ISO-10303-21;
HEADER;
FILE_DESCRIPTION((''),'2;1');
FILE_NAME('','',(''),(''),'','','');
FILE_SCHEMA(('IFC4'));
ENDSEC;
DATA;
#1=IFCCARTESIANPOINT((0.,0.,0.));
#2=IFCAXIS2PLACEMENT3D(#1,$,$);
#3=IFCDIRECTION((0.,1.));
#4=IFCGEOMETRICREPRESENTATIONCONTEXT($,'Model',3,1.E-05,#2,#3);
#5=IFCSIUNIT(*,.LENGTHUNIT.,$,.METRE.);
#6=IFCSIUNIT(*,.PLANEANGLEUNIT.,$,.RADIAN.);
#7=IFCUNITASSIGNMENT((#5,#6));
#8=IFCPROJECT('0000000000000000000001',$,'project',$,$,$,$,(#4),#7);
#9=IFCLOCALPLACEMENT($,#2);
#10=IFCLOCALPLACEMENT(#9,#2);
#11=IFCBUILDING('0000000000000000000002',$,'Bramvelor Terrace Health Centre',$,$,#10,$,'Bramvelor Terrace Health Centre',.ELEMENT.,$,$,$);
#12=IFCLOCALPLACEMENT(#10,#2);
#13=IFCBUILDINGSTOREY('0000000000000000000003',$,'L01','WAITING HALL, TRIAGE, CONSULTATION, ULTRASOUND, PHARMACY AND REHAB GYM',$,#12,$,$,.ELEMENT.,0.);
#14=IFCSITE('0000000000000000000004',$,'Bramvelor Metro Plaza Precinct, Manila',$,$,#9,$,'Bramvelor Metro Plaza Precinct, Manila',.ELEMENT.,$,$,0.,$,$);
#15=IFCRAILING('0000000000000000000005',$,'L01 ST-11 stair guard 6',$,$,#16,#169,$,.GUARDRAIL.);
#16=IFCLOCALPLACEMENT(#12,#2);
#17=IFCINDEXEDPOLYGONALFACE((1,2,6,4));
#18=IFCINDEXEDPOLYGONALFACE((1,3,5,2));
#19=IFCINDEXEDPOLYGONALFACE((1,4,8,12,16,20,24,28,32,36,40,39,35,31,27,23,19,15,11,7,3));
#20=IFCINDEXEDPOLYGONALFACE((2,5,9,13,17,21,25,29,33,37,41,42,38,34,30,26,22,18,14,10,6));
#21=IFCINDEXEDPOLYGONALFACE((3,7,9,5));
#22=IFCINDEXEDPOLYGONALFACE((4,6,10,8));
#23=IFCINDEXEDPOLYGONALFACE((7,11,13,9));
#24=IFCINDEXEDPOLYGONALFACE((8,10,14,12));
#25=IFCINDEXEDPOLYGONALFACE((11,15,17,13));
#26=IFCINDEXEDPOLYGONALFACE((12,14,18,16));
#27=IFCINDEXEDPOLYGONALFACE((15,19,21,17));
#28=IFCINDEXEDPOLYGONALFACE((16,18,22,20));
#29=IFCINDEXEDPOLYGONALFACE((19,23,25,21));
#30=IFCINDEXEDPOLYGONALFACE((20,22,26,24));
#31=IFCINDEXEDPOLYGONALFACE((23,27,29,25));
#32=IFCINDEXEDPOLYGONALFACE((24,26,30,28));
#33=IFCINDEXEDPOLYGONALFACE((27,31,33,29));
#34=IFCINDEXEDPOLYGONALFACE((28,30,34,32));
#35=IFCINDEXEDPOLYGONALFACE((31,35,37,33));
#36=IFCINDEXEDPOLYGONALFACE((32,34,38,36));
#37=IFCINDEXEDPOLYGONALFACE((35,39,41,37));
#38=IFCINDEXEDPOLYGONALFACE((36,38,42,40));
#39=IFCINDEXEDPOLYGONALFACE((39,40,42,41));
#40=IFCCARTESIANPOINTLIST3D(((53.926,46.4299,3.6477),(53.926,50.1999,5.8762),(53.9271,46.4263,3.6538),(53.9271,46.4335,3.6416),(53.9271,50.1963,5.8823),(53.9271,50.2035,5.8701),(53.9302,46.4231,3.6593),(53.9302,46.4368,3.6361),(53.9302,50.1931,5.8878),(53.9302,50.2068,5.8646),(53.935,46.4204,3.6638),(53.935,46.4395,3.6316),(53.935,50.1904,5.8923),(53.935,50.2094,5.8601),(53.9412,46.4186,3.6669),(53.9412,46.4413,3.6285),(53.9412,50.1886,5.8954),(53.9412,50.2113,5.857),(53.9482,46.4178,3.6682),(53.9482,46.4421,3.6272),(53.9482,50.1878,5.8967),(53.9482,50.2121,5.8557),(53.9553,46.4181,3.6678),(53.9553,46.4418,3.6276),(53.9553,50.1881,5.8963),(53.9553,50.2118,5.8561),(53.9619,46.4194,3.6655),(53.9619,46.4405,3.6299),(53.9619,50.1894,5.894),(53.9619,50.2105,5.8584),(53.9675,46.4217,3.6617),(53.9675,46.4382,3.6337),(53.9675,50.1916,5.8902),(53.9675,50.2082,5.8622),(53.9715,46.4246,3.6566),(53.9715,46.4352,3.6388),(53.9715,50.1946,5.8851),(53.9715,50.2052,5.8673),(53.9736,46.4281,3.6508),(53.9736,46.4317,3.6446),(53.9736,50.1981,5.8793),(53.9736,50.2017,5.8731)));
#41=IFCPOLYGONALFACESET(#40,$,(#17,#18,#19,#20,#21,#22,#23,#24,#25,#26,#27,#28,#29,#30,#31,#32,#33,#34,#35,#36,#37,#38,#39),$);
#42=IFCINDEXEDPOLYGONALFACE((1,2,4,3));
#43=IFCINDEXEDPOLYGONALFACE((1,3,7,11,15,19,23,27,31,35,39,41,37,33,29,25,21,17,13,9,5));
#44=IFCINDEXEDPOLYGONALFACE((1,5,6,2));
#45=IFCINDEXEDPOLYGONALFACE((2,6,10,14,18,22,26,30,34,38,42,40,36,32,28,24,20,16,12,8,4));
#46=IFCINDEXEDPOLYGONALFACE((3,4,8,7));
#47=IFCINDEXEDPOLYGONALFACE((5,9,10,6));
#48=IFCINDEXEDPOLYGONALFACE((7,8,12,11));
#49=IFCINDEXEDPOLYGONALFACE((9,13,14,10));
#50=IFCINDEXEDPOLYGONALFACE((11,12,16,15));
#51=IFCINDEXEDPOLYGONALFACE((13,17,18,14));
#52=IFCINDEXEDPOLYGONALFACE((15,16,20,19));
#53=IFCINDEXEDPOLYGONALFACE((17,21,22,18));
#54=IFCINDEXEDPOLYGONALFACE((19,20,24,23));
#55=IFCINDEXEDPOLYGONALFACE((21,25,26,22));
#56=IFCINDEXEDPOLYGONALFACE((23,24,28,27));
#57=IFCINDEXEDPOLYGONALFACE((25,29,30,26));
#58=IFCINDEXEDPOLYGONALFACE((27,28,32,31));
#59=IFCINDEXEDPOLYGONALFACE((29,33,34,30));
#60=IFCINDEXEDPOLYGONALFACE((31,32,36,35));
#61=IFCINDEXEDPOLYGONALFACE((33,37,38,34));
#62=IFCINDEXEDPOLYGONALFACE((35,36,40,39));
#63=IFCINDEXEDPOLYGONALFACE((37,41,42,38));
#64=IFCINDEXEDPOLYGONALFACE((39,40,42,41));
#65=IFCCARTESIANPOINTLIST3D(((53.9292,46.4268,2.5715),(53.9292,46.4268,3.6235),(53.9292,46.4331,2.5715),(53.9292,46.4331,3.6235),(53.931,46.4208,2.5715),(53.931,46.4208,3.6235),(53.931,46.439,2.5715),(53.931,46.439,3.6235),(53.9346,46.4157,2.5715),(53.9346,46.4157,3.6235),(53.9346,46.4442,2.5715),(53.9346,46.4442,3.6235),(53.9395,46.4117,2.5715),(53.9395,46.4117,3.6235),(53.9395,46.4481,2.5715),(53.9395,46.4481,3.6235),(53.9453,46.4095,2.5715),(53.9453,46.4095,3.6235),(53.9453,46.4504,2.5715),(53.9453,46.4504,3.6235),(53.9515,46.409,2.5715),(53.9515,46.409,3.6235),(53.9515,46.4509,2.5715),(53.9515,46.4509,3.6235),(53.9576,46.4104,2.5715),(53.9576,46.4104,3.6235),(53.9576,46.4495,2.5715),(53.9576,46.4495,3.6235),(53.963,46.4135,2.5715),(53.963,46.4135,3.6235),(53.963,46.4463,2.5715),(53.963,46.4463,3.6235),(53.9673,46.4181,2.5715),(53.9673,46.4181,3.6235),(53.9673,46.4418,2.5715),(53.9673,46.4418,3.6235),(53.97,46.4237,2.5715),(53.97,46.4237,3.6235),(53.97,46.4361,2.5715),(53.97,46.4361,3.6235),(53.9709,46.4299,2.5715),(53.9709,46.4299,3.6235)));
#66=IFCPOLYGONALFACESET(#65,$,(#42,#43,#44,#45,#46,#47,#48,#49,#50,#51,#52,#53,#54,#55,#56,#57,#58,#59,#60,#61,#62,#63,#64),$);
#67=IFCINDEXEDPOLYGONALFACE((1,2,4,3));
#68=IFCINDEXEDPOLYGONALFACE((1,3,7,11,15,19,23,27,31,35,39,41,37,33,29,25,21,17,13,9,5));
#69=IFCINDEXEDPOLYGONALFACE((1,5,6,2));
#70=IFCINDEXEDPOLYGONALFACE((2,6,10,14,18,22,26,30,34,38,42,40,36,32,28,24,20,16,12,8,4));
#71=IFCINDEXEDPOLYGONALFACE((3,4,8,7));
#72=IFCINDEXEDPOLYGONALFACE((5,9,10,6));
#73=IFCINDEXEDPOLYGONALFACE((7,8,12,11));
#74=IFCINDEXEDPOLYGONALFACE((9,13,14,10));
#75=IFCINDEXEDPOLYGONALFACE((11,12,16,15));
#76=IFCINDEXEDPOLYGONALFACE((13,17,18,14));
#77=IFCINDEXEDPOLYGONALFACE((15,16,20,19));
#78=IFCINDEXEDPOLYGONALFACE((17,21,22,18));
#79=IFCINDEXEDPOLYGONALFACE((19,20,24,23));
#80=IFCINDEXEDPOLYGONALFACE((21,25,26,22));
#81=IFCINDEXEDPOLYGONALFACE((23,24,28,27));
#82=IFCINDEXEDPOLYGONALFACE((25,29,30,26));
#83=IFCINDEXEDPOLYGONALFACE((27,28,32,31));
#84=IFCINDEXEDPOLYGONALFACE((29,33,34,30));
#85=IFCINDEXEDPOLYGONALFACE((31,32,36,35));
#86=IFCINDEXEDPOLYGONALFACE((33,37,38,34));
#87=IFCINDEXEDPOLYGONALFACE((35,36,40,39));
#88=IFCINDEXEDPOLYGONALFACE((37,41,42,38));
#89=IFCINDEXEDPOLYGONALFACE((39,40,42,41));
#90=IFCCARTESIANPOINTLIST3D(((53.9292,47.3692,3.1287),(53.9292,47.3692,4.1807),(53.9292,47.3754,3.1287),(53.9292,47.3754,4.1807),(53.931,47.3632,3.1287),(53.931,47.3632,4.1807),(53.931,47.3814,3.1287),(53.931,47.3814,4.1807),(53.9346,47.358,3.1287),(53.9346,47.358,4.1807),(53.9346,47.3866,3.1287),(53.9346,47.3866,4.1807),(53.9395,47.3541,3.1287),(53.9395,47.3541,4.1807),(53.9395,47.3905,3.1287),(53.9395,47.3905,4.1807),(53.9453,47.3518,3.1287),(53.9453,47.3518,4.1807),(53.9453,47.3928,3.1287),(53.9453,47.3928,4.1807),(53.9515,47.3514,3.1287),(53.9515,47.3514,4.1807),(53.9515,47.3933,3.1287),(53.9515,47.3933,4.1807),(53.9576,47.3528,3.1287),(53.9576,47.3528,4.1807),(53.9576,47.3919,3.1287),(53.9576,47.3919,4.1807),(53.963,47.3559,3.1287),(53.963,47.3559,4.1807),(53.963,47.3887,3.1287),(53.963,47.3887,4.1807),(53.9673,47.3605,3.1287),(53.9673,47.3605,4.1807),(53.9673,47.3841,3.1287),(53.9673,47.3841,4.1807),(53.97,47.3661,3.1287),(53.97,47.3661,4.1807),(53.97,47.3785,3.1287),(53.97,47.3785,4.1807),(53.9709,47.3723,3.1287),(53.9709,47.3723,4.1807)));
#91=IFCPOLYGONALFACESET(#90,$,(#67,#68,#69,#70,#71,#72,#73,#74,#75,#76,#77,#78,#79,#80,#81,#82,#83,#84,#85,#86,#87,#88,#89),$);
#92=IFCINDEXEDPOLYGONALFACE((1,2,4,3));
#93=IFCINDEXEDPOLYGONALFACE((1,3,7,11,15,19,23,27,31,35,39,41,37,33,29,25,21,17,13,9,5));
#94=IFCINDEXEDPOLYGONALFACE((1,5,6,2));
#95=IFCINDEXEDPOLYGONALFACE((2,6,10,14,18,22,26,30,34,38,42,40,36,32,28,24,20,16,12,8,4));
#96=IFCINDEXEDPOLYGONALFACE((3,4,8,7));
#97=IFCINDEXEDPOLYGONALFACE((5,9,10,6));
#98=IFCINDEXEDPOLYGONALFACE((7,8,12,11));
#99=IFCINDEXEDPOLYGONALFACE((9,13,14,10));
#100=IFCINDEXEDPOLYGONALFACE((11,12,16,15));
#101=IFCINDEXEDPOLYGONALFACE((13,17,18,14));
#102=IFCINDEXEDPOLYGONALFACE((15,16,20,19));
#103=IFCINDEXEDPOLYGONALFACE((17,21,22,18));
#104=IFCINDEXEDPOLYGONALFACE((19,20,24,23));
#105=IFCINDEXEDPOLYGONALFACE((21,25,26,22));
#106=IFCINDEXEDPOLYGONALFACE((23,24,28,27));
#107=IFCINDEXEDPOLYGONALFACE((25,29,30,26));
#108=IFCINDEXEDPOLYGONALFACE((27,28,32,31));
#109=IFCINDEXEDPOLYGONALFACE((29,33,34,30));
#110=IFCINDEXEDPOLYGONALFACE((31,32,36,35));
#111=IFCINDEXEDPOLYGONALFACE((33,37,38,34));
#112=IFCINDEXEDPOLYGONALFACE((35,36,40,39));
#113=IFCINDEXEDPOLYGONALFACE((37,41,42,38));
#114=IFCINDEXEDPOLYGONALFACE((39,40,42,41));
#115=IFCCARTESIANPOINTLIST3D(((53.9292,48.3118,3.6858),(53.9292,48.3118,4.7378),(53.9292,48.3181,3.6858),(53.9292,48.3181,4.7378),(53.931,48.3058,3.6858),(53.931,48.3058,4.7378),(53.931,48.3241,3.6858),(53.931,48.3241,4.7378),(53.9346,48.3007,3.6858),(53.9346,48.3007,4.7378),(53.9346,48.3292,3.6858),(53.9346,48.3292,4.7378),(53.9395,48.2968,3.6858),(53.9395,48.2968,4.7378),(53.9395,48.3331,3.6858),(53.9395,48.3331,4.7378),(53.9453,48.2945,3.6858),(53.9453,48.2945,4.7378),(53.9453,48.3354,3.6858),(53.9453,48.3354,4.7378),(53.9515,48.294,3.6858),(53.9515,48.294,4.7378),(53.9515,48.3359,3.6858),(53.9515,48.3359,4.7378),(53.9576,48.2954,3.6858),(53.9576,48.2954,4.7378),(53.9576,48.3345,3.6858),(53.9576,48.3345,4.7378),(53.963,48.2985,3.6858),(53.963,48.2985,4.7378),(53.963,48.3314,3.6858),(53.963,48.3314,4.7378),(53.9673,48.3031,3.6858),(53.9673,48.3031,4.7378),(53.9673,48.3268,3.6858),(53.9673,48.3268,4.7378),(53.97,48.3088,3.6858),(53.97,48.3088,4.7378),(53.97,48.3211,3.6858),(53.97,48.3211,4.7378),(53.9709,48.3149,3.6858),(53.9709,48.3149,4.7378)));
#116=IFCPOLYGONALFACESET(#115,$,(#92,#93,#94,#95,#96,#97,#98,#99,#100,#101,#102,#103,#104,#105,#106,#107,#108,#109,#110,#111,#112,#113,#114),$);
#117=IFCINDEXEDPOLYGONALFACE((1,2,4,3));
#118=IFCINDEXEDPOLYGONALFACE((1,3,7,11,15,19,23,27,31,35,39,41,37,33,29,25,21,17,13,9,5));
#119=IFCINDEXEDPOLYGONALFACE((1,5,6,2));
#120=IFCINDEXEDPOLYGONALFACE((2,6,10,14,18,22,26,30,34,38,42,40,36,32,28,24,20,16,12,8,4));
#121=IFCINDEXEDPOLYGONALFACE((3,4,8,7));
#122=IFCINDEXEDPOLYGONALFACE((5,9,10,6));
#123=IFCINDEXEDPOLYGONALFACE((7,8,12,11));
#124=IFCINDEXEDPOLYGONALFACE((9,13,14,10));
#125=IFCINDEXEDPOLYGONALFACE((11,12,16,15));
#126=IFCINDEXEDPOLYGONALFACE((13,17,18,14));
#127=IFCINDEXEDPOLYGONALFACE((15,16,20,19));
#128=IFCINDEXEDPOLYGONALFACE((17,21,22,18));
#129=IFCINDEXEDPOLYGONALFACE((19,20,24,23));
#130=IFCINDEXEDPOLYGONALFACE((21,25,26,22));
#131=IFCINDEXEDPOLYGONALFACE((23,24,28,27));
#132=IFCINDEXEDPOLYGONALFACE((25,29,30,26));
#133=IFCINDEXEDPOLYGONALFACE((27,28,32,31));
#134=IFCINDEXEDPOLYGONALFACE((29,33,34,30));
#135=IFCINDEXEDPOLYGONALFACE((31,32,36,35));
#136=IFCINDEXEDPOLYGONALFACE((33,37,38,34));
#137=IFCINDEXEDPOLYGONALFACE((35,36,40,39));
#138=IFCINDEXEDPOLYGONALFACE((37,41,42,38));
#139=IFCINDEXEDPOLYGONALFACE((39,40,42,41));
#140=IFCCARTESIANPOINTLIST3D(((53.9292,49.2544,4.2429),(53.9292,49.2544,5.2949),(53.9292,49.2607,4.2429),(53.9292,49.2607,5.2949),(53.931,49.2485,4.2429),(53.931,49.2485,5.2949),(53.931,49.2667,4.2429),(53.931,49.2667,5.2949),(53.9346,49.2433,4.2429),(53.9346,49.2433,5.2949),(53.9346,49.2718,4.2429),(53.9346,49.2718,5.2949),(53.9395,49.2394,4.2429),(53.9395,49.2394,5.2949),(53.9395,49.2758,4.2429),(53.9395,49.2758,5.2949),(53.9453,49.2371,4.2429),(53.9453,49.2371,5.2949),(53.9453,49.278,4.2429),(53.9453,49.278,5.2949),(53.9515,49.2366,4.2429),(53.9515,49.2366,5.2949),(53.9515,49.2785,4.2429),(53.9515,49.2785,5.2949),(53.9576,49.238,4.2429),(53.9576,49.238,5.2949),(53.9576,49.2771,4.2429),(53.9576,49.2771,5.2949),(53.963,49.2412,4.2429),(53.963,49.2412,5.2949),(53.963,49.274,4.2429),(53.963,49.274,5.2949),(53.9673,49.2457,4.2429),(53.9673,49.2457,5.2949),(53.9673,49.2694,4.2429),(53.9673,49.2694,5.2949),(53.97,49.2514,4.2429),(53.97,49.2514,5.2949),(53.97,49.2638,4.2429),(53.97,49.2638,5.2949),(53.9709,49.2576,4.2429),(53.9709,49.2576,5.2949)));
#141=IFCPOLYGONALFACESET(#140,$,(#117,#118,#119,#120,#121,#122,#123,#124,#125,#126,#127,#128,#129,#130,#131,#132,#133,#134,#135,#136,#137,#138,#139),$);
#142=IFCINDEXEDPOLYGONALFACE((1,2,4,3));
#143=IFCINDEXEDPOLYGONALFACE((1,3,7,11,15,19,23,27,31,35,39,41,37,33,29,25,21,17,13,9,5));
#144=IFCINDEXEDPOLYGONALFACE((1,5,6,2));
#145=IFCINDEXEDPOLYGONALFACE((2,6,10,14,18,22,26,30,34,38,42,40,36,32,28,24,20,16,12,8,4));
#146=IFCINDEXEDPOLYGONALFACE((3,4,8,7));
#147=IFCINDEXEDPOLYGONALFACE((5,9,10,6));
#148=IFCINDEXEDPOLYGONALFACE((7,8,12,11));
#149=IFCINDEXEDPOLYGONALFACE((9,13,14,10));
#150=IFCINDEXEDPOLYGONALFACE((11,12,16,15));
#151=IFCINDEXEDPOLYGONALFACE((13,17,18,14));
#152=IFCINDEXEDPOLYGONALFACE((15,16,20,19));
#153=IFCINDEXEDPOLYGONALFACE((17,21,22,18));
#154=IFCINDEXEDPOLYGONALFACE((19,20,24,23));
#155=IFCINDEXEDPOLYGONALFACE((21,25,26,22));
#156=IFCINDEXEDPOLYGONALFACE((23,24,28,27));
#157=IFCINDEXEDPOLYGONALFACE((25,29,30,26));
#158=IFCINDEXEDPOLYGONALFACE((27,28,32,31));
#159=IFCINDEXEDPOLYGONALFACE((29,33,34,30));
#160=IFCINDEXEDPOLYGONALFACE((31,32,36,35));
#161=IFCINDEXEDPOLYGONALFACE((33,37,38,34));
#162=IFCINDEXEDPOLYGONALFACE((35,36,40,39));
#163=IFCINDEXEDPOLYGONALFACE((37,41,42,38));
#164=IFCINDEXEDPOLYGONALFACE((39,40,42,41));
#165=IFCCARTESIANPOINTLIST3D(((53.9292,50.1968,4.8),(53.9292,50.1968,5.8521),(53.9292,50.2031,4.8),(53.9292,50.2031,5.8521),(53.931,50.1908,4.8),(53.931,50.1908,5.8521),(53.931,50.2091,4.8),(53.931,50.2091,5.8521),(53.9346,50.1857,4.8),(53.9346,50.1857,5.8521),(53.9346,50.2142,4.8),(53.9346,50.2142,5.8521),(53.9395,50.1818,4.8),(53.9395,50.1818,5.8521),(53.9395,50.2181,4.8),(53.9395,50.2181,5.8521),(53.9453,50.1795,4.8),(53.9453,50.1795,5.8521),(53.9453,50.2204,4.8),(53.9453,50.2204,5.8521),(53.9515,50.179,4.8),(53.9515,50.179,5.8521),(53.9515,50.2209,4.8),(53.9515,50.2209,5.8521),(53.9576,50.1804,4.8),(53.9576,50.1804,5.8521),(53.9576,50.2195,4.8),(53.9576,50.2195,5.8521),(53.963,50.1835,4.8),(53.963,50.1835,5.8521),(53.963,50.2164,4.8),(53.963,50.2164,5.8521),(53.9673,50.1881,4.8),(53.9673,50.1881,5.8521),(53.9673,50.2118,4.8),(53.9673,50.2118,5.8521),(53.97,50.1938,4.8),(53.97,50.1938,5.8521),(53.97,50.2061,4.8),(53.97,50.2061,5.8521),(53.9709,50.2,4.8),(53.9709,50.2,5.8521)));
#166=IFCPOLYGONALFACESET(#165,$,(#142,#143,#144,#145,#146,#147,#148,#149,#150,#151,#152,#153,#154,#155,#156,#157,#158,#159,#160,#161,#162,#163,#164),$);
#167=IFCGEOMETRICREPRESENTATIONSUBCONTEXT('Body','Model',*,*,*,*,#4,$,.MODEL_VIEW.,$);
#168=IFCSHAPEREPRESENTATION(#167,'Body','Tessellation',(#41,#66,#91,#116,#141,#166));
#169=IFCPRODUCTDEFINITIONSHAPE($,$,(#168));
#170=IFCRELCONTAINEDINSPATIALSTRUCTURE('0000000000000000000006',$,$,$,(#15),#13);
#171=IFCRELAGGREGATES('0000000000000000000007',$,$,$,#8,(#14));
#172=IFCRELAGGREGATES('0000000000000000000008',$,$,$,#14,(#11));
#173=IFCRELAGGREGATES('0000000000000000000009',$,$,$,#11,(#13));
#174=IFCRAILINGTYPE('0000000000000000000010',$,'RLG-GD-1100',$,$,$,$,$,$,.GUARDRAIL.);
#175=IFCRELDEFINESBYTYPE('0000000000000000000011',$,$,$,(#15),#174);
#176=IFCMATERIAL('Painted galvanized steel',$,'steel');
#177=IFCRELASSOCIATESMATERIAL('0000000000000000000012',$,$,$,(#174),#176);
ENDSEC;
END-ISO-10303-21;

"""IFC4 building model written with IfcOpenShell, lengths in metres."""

from ifc_helpers import new_model, si_unit, direction, frame, origin, origin_2d, place, context, subcontext, project, spatial, circle, extrude, material, type_object, element, save


model = new_model("IFC4")

# Units and contexts
model_context = context("Model", 3, precision=1e-05, world=origin(), true_north=direction((0.0, 1.0)))
body_context = subcontext(model_context, "Body", "Model", "MODEL_VIEW")
ifc_project = project(units=[si_unit("LENGTHUNIT", "METRE"), si_unit("PLANEANGLEUNIT", "RADIAN")], contexts=[model_context])

# Site, building, storey
site_placement = place(None, origin())
site = spatial("IfcSite", under=ifc_project, at=site_placement, Name="Bramvelor Metro Plaza Precinct, Manila", LongName="Bramvelor Metro Plaza Precinct, Manila", CompositionType="ELEMENT", RefElevation=0.0)
building_placement = place(site_placement, origin())
building = spatial("IfcBuilding", under=site, at=building_placement, Name="Bramvelor Terrace Health Centre", LongName="Bramvelor Terrace Health Centre", CompositionType="ELEMENT")
storey_placement = place(building_placement, origin())
storey = spatial("IfcBuildingStorey", under=building, at=storey_placement, Name="L01", Description="WAITING HALL, TRIAGE, CONSULTATION, ULTRASOUND, PHARMACY AND REHAB GYM", CompositionType="ELEMENT", Elevation=0.0)

# Railing
ifc_material_1 = material(Name="Painted galvanized steel", Category="steel")
railing_type_1 = type_object("IfcRailingType", Name="RLG-GD-1100", PredefinedType="GUARDRAIL", material=ifc_material_1)
railing_1_placement = place(storey_placement, frame((53.95, 46.4299, 2.5715)))
element("IfcRailing", 1, at=railing_1_placement, inside=storey, type_object=railing_type_1, Name="L01 ST-11 stair guard 6", PredefinedType="GUARDRAIL", context=body_context, shape_type="SweptSolid", body=[
    extrude(circle(Radius=0.0239, at=origin_2d()), frame((0.0, 0.0, 1.0762), z_axis=(0.0, 0.860849, 0.508861), x_axis=(-1.0, 0.0, 0.0)), (0.0, 0.0, 1.0), 4.3794),
    extrude(circle(Radius=0.021, at=origin_2d()), origin(), (0.0, 0.0, 1.0), 1.052),
    extrude(circle(Radius=0.021, at=origin_2d()), frame((0.0, 0.9424, 0.5571)), (0.0, 0.0, 1.0), 1.052),
    extrude(circle(Radius=0.021, at=origin_2d()), frame((0.0, 1.885, 1.1143)), (0.0, 0.0, 1.0), 1.052),
    extrude(circle(Radius=0.021, at=origin_2d()), frame((0.0, 2.8276, 1.6714)), (0.0, 0.0, 1.0), 1.052),
    extrude(circle(Radius=0.021, at=origin_2d()), frame((0.0, 3.77, 2.2285)), (0.0, 0.0, 1.0), 1.052),
])

save(model, "model.ifc")
